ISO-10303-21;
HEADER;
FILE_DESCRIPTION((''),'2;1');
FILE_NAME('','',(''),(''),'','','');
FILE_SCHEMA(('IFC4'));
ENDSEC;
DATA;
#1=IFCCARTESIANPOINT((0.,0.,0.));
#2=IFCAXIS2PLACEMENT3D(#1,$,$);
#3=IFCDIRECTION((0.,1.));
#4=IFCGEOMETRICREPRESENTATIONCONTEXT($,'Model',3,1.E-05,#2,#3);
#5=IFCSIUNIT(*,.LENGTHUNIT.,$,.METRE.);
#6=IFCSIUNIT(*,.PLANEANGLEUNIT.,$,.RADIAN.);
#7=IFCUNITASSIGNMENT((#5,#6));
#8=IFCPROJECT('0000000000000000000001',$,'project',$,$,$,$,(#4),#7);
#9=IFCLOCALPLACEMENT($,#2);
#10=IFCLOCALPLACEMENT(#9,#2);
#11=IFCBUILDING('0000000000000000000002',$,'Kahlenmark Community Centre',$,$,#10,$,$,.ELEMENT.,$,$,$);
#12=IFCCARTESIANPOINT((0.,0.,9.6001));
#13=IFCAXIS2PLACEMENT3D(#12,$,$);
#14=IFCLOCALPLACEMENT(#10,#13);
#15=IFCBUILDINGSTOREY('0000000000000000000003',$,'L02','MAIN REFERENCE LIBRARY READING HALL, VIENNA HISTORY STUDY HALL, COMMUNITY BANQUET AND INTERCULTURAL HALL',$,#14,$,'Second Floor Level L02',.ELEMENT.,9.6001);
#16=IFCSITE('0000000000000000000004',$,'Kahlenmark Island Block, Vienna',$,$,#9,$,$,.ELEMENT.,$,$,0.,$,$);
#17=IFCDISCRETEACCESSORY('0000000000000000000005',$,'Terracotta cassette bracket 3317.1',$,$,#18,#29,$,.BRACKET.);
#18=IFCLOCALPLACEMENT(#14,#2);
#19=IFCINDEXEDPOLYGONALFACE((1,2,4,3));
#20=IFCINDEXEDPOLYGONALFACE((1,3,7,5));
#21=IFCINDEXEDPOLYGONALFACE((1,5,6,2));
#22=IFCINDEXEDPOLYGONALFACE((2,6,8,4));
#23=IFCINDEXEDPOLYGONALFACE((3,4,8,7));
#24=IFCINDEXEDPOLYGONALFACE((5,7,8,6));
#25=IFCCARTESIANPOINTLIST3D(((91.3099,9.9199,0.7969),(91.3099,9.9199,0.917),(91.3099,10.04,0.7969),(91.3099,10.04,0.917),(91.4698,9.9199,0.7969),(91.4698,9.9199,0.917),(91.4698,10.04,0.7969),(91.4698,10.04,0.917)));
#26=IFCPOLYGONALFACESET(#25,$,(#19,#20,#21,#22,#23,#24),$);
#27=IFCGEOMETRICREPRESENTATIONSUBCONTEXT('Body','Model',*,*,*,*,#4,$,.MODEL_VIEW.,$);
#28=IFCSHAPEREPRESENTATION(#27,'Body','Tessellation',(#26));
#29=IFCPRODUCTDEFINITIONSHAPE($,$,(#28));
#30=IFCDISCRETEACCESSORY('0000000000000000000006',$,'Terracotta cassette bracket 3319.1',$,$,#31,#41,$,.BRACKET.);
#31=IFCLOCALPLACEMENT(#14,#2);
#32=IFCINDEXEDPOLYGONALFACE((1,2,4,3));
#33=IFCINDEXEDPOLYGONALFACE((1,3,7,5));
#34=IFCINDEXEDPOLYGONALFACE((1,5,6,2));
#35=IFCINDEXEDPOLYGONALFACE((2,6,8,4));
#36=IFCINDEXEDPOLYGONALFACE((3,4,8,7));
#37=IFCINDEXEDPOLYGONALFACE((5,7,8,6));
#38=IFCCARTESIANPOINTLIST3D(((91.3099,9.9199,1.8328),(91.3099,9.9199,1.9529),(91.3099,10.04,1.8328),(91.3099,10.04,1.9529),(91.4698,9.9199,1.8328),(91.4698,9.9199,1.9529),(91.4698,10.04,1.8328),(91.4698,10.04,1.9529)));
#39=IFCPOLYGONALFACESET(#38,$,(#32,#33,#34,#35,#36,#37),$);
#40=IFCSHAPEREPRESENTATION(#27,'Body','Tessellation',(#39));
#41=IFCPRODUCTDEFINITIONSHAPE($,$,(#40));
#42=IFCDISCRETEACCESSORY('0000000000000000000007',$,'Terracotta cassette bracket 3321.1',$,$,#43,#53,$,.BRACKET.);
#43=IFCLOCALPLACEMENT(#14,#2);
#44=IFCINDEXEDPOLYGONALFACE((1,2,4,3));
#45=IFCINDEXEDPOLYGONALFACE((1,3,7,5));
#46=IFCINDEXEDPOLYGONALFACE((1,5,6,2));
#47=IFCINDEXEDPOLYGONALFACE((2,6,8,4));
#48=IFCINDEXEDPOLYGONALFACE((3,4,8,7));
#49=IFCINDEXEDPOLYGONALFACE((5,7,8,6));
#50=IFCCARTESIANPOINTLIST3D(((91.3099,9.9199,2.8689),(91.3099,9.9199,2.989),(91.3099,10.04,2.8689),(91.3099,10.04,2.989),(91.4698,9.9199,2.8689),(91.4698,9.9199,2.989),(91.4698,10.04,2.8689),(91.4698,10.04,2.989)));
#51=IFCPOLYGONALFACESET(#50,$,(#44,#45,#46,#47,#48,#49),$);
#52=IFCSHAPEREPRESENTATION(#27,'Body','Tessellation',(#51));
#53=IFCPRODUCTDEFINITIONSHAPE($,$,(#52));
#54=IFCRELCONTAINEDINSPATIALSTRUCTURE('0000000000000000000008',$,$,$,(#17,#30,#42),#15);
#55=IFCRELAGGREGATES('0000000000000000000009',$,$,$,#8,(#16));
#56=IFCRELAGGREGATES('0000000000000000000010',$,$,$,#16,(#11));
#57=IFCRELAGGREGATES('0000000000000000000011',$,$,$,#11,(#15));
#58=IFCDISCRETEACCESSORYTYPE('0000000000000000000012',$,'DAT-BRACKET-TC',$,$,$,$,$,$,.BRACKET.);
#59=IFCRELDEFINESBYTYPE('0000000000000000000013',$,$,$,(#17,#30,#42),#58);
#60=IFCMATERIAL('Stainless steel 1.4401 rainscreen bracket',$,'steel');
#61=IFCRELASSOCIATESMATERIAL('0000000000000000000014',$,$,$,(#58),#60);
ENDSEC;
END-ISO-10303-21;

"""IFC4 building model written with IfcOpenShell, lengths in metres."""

from ifc_helpers import new_model, si_unit, direction, frame, origin, origin_2d, place, context, subcontext, project, spatial, rectangle, extrude, material, type_object, element, save


model = new_model("IFC4")

# Units and contexts
model_context = context("Model", 3, precision=1e-05, world=origin(), true_north=direction((0.0, 1.0)))
body_context = subcontext(model_context, "Body", "Model", "MODEL_VIEW")
ifc_project = project(units=[si_unit("LENGTHUNIT", "METRE"), si_unit("PLANEANGLEUNIT", "RADIAN")], contexts=[model_context])

# Site, building, storey
site_placement = place(None, origin())
site = spatial("IfcSite", under=ifc_project, at=site_placement, Name="Kahlenmark Island Block, Vienna", CompositionType="ELEMENT", RefElevation=0.0)
building_placement = place(site_placement, origin())
building = spatial("IfcBuilding", under=site, at=building_placement, Name="Kahlenmark Community Centre", CompositionType="ELEMENT")
storey_placement = place(building_placement, frame((0.0, 0.0, 9.6001)))
storey = spatial("IfcBuildingStorey", under=building, at=storey_placement, Name="L02", Description="MAIN REFERENCE LIBRARY READING HALL, VIENNA HISTORY STUDY HALL, COMMUNITY BANQUET AND INTERCULTURAL HALL", LongName="Second Floor Level L02", CompositionType="ELEMENT", Elevation=9.6001)

# Discrete accessories
ifc_material_1 = material(Name="Stainless steel 1.4401 rainscreen bracket", Category="steel")
discrete_accessory_type = type_object("IfcDiscreteAccessoryType", Name="DAT-BRACKET-TC", PredefinedType="BRACKET", material=ifc_material_1)
for number, where, z_axis, x_axis, name in (
    (1, (91.3899, 9.98, 0.7969), (0.0, 0.0, 1.0), (0.0, -1.0, 0.0), "Terracotta cassette bracket 3317.1"),
    (2, (91.3899, 9.98, 1.8328), (0.0, 0.0, 1.0), (0.0, -1.0, 0.0), "Terracotta cassette bracket 3319.1"),
    (3, (91.3899, 9.98, 2.8689), (0.0, 0.0, 1.0), (0.0, -1.0, 0.0), "Terracotta cassette bracket 3321.1"),
):
    element("IfcDiscreteAccessory", number, at=place(storey_placement, frame(where, z_axis=z_axis, x_axis=x_axis)), inside=storey, type_object=discrete_accessory_type, Name=name, PredefinedType="BRACKET", context=body_context, shape_type="SweptSolid", body=[
        extrude(rectangle(XDim=0.1201, YDim=0.1599, at=origin_2d()), origin(), (0.0, 0.0, 1.0), 0.1201),
    ])

save(model, "model.ifc")
